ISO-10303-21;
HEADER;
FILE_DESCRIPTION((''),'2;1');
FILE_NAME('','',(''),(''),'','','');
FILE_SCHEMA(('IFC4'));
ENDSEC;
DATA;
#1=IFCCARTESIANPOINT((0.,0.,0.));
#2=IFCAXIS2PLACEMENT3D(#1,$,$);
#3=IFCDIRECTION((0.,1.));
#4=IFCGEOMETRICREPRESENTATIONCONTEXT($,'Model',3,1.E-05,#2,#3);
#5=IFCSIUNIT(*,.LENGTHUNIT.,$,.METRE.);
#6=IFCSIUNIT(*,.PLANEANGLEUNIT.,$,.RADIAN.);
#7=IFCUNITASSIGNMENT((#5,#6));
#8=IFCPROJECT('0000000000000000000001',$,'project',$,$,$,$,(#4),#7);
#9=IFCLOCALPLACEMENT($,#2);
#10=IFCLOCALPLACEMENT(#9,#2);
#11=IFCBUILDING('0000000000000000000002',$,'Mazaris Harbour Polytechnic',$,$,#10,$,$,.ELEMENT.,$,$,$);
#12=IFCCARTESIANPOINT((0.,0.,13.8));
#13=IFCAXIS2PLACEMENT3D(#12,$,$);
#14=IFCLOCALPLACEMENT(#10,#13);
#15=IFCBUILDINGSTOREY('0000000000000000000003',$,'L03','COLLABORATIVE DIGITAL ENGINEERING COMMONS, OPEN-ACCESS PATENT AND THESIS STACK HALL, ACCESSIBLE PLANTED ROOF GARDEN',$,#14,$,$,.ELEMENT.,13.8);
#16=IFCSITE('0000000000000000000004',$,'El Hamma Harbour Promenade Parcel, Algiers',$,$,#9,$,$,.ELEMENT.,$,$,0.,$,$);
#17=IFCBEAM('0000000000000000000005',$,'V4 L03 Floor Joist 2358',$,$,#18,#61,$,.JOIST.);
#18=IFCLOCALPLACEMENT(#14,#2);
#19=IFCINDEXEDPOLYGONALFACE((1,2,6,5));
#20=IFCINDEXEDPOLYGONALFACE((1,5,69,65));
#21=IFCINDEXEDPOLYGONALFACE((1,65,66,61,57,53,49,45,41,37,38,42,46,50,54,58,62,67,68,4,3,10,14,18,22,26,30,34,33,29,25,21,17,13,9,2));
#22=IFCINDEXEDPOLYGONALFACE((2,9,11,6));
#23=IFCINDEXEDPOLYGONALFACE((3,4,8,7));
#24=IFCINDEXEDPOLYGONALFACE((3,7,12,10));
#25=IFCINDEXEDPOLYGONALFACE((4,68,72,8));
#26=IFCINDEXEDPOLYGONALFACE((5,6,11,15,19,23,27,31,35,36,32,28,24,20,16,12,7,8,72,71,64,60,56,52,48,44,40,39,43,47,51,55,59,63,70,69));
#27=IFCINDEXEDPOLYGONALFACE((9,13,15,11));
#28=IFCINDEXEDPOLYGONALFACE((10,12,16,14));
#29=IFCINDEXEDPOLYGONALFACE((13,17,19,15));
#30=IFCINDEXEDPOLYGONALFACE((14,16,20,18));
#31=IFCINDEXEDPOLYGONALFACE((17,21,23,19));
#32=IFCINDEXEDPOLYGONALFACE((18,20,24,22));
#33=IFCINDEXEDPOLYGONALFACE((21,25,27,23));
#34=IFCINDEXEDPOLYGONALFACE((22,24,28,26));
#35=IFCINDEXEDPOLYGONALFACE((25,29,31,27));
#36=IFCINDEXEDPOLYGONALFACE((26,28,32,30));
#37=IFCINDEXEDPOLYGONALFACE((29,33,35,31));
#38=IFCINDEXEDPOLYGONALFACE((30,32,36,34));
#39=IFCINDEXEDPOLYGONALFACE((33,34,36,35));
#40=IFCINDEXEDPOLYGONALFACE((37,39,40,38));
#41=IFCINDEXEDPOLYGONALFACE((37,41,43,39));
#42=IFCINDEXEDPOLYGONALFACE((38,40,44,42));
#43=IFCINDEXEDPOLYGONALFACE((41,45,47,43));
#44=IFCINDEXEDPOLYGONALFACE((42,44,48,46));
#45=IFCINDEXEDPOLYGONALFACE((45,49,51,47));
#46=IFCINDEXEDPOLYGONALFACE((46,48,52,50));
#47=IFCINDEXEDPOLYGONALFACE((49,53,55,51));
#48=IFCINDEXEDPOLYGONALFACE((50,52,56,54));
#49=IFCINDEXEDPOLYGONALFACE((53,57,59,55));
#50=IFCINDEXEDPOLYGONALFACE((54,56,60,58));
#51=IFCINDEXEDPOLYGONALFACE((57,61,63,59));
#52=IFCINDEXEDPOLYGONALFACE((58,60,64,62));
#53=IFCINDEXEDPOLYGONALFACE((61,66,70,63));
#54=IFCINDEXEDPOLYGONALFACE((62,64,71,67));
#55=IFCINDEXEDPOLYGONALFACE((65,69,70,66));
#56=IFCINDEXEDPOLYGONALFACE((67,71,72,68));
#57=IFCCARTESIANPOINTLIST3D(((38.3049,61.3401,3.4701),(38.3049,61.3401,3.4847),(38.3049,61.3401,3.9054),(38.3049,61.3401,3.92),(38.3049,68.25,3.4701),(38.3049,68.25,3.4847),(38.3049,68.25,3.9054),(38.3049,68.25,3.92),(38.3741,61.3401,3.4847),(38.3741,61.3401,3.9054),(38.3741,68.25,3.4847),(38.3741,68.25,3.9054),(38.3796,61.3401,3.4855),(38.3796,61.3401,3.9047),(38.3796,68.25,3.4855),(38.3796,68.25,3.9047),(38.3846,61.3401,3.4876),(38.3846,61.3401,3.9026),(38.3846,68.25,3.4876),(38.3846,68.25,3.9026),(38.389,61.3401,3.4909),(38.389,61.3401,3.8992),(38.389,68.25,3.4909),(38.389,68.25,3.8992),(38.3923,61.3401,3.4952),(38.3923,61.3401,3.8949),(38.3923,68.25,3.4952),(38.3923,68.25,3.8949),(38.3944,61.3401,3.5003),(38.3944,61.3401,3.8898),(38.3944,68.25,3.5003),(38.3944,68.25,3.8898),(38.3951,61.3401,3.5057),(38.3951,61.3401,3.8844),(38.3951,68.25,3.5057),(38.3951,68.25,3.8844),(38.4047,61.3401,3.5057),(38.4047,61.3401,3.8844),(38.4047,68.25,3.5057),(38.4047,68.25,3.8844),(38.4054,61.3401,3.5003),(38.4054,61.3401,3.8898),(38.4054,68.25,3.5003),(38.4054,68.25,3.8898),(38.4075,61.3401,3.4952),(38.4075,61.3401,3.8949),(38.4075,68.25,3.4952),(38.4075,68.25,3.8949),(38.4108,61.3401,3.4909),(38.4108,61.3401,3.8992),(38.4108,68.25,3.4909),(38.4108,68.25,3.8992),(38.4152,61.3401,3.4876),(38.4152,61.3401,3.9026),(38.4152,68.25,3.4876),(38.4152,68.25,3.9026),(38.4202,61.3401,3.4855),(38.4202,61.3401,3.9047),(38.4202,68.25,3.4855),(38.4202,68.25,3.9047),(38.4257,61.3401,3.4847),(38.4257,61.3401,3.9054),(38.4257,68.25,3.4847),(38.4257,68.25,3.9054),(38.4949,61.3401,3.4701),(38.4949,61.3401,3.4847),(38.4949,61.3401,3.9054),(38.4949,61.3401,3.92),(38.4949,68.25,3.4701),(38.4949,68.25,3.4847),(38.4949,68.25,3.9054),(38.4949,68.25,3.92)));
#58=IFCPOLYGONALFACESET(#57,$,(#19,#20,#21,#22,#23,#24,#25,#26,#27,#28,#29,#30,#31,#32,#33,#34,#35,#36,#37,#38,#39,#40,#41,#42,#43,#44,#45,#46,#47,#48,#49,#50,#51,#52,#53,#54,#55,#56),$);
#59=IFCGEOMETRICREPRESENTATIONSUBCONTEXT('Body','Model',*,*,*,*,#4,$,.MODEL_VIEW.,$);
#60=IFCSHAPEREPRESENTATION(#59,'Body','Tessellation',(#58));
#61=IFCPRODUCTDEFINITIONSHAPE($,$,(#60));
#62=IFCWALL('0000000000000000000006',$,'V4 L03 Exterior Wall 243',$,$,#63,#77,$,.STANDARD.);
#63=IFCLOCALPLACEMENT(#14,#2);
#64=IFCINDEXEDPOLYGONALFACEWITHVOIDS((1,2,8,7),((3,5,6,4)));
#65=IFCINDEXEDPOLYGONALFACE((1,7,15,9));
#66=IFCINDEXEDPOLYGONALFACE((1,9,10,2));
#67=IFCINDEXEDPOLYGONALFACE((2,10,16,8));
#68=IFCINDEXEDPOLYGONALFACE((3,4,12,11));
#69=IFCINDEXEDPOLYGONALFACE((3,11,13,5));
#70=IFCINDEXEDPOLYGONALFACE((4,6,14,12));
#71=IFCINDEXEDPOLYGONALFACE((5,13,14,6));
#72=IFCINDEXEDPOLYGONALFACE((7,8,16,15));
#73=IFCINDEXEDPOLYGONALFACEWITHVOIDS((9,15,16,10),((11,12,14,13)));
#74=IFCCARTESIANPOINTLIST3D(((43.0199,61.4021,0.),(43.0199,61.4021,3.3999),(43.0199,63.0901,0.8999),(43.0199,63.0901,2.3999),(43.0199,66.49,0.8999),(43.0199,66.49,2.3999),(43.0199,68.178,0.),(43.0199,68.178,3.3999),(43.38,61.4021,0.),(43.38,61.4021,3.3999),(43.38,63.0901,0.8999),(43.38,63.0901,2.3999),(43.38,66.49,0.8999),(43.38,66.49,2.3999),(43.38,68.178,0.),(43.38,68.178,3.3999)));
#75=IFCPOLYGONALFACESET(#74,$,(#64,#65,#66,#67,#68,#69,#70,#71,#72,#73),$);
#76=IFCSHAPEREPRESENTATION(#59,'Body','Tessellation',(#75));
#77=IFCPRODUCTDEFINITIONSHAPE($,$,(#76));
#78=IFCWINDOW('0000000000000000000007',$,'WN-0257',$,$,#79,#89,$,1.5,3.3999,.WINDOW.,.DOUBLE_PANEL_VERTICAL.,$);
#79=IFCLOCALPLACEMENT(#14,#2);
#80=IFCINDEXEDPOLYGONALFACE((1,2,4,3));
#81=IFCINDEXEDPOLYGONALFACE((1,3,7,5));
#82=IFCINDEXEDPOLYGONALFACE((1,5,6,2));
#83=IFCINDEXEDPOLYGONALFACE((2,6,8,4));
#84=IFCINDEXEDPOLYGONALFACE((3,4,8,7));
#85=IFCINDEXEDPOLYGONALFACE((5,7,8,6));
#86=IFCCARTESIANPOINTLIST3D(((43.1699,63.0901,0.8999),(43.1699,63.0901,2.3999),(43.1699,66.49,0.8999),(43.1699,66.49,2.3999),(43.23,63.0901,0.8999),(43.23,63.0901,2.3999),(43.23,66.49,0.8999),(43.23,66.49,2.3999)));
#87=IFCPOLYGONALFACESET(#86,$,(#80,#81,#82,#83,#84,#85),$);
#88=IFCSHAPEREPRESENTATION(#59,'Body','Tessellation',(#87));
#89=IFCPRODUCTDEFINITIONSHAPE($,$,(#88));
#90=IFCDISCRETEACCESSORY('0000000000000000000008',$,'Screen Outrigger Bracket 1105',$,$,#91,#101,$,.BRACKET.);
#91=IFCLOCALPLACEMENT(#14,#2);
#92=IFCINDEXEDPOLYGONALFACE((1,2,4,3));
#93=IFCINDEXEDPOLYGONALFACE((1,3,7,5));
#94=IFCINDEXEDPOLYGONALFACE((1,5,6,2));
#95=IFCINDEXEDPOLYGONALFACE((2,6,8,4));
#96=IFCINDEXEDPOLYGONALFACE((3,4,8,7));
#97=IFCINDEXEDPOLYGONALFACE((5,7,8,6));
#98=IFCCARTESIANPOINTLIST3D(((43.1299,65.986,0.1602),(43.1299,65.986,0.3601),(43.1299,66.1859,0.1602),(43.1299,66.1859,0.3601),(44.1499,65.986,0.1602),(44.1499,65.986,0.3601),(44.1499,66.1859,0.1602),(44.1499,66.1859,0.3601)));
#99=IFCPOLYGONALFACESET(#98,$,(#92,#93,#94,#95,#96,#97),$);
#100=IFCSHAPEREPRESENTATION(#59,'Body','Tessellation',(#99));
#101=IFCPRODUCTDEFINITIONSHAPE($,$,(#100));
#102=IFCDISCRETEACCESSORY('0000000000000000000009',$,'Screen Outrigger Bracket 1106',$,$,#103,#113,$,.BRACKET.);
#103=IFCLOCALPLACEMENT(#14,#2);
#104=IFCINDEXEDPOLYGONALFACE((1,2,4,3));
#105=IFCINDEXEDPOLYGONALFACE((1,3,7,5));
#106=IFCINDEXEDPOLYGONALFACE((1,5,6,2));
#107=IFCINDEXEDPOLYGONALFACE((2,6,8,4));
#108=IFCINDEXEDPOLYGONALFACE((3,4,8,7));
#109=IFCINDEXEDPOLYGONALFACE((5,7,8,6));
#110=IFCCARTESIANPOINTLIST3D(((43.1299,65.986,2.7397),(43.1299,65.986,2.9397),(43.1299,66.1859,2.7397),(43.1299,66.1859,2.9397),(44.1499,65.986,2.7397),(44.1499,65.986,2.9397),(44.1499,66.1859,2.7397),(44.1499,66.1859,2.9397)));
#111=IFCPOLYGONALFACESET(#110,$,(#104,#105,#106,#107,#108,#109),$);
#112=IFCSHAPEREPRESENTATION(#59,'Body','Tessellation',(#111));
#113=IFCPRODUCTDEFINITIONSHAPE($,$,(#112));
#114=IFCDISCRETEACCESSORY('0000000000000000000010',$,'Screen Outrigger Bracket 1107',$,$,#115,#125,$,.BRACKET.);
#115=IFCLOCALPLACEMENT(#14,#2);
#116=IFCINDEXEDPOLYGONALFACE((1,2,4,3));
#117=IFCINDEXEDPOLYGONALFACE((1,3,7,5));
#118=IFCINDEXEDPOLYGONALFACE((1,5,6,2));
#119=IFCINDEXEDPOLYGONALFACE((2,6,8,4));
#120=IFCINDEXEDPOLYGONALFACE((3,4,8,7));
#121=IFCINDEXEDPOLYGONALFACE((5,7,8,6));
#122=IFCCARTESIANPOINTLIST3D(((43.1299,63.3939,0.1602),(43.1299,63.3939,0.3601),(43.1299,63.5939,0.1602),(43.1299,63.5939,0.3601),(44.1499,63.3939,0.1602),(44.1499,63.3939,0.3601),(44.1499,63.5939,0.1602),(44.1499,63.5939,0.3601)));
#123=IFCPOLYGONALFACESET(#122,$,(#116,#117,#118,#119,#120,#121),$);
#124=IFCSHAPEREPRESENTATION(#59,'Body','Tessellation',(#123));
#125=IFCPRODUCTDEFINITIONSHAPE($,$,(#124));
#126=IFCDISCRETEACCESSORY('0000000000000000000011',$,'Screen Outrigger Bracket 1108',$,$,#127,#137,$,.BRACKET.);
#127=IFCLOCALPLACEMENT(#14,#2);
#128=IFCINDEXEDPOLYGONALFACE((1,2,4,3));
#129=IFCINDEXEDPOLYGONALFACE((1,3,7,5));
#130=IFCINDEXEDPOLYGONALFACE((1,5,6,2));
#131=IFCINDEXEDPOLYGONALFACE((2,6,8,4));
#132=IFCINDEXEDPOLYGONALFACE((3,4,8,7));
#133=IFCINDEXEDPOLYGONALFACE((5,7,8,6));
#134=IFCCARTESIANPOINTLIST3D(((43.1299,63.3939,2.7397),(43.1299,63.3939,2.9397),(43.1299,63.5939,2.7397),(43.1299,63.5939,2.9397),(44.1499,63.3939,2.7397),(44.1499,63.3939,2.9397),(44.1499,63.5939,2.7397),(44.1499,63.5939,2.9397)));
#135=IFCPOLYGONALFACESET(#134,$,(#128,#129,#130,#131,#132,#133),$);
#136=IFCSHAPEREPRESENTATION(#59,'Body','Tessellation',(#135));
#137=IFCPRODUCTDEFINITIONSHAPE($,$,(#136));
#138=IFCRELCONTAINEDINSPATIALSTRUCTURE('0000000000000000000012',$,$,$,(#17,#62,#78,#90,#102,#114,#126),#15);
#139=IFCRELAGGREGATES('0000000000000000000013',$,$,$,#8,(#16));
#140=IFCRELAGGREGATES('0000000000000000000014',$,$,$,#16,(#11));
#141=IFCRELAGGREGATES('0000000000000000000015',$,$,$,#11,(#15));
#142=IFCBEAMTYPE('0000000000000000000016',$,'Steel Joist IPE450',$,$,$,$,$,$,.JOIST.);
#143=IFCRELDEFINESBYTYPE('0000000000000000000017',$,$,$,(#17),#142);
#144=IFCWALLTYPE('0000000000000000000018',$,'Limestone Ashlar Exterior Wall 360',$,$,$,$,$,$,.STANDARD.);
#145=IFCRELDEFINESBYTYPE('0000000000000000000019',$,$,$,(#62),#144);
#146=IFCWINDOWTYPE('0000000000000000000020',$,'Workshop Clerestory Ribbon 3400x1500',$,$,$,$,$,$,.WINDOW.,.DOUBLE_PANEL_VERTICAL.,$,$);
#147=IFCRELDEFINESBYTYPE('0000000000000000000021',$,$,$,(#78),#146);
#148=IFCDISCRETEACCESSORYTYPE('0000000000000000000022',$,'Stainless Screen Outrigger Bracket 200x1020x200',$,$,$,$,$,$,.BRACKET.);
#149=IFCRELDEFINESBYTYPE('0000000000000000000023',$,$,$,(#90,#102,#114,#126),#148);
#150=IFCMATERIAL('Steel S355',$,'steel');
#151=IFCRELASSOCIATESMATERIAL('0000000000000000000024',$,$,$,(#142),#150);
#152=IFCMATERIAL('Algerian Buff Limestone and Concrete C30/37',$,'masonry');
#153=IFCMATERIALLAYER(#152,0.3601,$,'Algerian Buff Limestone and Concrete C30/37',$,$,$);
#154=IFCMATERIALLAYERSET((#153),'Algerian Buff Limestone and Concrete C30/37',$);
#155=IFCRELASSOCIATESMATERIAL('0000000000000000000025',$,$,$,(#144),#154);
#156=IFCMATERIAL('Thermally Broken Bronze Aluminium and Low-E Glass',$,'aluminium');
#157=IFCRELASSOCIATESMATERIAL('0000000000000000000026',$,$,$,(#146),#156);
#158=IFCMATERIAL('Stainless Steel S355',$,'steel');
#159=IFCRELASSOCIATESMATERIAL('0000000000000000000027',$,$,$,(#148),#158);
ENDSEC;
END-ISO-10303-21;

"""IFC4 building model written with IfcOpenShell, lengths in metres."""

from ifc_helpers import new_model, si_unit, direction, frame, frame_2d, origin, origin_2d, place, context, subcontext, project, spatial, rectangle, i_section, extrude, material, layer, layer_set, material_profile, profile_set, type_object, element, fill, save


model = new_model("IFC4")

# Units and contexts
model_context = context("Model", 3, precision=1e-05, world=origin(), true_north=direction((0.0, 1.0)))
body_context = subcontext(model_context, "Body", "Model", "MODEL_VIEW")
ifc_project = project(units=[si_unit("LENGTHUNIT", "METRE"), si_unit("PLANEANGLEUNIT", "RADIAN")], contexts=[model_context])

# Site, building, storey
site_placement = place(None, origin())
site = spatial("IfcSite", under=ifc_project, at=site_placement, Name="El Hamma Harbour Promenade Parcel, Algiers", CompositionType="ELEMENT", RefElevation=0.0)
building_placement = place(site_placement, origin())
building = spatial("IfcBuilding", under=site, at=building_placement, Name="Mazaris Harbour Polytechnic", CompositionType="ELEMENT")
storey_placement = place(building_placement, frame((0.0, 0.0, 13.8)))
storey = spatial("IfcBuildingStorey", under=building, at=storey_placement, Name="L03", Description="COLLABORATIVE DIGITAL ENGINEERING COMMONS, OPEN-ACCESS PATENT AND THESIS STACK HALL, ACCESSIBLE PLANTED ROOF GARDEN", CompositionType="ELEMENT", Elevation=13.8)

# Beam
ifc_material_1 = material(Name="Steel S355", Category="steel")
ifc_material_profile_1 = material_profile(ifc_material_1, i_section(OverallWidth=0.1899, OverallDepth=0.45, WebThickness=0.0095, FlangeThickness=0.0146, FilletRadius=0.021, at=origin_2d()), Name="IPE 450")
ifc_profile_set_1 = profile_set([ifc_material_profile_1], Name="Steel S355")
beam_type_1 = type_object("IfcBeamType", Name="Steel Joist IPE450", PredefinedType="JOIST", material=ifc_profile_set_1)
beam_1_placement = place(storey_placement, frame((38.3999, 61.3401, 3.6951), z_axis=(0.0, 1.0, 0.0), x_axis=(-1.0, 0.0, 0.0)))
element("IfcBeam", 1, at=beam_1_placement, inside=storey, type_object=beam_type_1, Name="V4 L03 Floor Joist 2358", PredefinedType="JOIST", context=body_context, shape_type="SweptSolid", body=[
    extrude(i_section(OverallWidth=0.1899, OverallDepth=0.45, WebThickness=0.0095, FlangeThickness=0.0146, FilletRadius=0.021, at=origin_2d()), origin(), (0.0, 0.0, 1.0), 6.9099),
])

# Wall, opening, window
ifc_material_2 = material(Name="Algerian Buff Limestone and Concrete C30/37", Category="masonry")
ifc_layer_1 = layer(ifc_material_2, 0.3601, Name="Algerian Buff Limestone and Concrete C30/37")
ifc_layer_set_1 = layer_set([ifc_layer_1], Name="Algerian Buff Limestone and Concrete C30/37")
wall_type = type_object("IfcWallType", Name="Limestone Ashlar Exterior Wall 360", PredefinedType="STANDARD", material=ifc_layer_set_1)
wall_placement = place(storey_placement, frame((43.2, 68.178, 0.0), z_axis=(0.0, 0.0, 1.0), x_axis=(0.0, -1.0, 0.0)))
wall = element("IfcWall", 2, at=wall_placement, inside=storey, type_object=wall_type, Name="V4 L03 Exterior Wall 243", PredefinedType="STANDARD", context=body_context, shape_type="SweptSolid", body=[
    extrude(rectangle(XDim=6.7759, YDim=0.3601, at=frame_2d((3.3879, 0.0))), origin(), (0.0, 0.0, 1.0), 3.3999),
])
opening_placement = place(wall_placement, frame((1.688, 0.0, 0.8999)))
opening = element("IfcOpeningElement", 3, at=opening_placement, cuts=wall, PredefinedType="OPENING", context=body_context, shape_type="SweptSolid", body=[
    extrude(rectangle(XDim=3.3999, YDim=1.5, at=frame_2d((1.7, 0.75))), frame((0.0, 0.1899, 0.0), z_axis=(0.0, -1.0, 0.0), x_axis=(1.0, 0.0, 0.0)), (0.0, 0.0, 1.0), 0.3801),
])
ifc_material_3 = material(Name="Thermally Broken Bronze Aluminium and Low-E Glass", Category="aluminium")
window_type = type_object("IfcWindowType", Name="Workshop Clerestory Ribbon 3400x1500", PartitioningType="DOUBLE_PANEL_VERTICAL", PredefinedType="WINDOW", material=ifc_material_3)
window_placement = place(opening_placement, origin())
window = element("IfcWindow", 4, at=window_placement, inside=storey, type_object=window_type, Name="WN-0257", OverallHeight=1.5, OverallWidth=3.3999, PartitioningType="DOUBLE_PANEL_VERTICAL", PredefinedType="WINDOW", context=body_context, shape_type="SweptSolid", body=[
    extrude(rectangle(XDim=3.3999, YDim=1.5, at=frame_2d((1.7, 0.75))), frame((0.0, 0.03, 0.0), z_axis=(0.0, -1.0, 0.0), x_axis=(1.0, 0.0, 0.0)), (0.0, 0.0, 1.0), 0.0601),
])
fill(opening, window)

# Discrete accessories
ifc_material_4 = material(Name="Stainless Steel S355", Category="steel")
discrete_accessory_type = type_object("IfcDiscreteAccessoryType", Name="Stainless Screen Outrigger Bracket 200x1020x200", PredefinedType="BRACKET", material=ifc_material_4)
for number, where, z_axis, x_axis, name in (
    (5, (43.6399, 66.0859, 0.1602), (0.0, 0.0, 1.0), (0.0, -1.0, 0.0), "Screen Outrigger Bracket 1105"),
    (6, (43.6399, 66.0859, 2.7397), (0.0, 0.0, 1.0), (0.0, -1.0, 0.0), "Screen Outrigger Bracket 1106"),
    (7, (43.6399, 63.4939, 0.1602), (0.0, 0.0, 1.0), (0.0, -1.0, 0.0), "Screen Outrigger Bracket 1107"),
    (8, (43.6399, 63.4939, 2.7397), (0.0, 0.0, 1.0), (0.0, -1.0, 0.0), "Screen Outrigger Bracket 1108"),
):
    element("IfcDiscreteAccessory", number, at=place(storey_placement, frame(where, z_axis=z_axis, x_axis=x_axis)), inside=storey, type_object=discrete_accessory_type, Name=name, PredefinedType="BRACKET", context=body_context, shape_type="SweptSolid", body=[
        extrude(rectangle(XDim=0.2, YDim=1.02, at=origin_2d()), origin(), (0.0, 0.0, 1.0), 0.2),
    ])

save(model, "model.ifc")
